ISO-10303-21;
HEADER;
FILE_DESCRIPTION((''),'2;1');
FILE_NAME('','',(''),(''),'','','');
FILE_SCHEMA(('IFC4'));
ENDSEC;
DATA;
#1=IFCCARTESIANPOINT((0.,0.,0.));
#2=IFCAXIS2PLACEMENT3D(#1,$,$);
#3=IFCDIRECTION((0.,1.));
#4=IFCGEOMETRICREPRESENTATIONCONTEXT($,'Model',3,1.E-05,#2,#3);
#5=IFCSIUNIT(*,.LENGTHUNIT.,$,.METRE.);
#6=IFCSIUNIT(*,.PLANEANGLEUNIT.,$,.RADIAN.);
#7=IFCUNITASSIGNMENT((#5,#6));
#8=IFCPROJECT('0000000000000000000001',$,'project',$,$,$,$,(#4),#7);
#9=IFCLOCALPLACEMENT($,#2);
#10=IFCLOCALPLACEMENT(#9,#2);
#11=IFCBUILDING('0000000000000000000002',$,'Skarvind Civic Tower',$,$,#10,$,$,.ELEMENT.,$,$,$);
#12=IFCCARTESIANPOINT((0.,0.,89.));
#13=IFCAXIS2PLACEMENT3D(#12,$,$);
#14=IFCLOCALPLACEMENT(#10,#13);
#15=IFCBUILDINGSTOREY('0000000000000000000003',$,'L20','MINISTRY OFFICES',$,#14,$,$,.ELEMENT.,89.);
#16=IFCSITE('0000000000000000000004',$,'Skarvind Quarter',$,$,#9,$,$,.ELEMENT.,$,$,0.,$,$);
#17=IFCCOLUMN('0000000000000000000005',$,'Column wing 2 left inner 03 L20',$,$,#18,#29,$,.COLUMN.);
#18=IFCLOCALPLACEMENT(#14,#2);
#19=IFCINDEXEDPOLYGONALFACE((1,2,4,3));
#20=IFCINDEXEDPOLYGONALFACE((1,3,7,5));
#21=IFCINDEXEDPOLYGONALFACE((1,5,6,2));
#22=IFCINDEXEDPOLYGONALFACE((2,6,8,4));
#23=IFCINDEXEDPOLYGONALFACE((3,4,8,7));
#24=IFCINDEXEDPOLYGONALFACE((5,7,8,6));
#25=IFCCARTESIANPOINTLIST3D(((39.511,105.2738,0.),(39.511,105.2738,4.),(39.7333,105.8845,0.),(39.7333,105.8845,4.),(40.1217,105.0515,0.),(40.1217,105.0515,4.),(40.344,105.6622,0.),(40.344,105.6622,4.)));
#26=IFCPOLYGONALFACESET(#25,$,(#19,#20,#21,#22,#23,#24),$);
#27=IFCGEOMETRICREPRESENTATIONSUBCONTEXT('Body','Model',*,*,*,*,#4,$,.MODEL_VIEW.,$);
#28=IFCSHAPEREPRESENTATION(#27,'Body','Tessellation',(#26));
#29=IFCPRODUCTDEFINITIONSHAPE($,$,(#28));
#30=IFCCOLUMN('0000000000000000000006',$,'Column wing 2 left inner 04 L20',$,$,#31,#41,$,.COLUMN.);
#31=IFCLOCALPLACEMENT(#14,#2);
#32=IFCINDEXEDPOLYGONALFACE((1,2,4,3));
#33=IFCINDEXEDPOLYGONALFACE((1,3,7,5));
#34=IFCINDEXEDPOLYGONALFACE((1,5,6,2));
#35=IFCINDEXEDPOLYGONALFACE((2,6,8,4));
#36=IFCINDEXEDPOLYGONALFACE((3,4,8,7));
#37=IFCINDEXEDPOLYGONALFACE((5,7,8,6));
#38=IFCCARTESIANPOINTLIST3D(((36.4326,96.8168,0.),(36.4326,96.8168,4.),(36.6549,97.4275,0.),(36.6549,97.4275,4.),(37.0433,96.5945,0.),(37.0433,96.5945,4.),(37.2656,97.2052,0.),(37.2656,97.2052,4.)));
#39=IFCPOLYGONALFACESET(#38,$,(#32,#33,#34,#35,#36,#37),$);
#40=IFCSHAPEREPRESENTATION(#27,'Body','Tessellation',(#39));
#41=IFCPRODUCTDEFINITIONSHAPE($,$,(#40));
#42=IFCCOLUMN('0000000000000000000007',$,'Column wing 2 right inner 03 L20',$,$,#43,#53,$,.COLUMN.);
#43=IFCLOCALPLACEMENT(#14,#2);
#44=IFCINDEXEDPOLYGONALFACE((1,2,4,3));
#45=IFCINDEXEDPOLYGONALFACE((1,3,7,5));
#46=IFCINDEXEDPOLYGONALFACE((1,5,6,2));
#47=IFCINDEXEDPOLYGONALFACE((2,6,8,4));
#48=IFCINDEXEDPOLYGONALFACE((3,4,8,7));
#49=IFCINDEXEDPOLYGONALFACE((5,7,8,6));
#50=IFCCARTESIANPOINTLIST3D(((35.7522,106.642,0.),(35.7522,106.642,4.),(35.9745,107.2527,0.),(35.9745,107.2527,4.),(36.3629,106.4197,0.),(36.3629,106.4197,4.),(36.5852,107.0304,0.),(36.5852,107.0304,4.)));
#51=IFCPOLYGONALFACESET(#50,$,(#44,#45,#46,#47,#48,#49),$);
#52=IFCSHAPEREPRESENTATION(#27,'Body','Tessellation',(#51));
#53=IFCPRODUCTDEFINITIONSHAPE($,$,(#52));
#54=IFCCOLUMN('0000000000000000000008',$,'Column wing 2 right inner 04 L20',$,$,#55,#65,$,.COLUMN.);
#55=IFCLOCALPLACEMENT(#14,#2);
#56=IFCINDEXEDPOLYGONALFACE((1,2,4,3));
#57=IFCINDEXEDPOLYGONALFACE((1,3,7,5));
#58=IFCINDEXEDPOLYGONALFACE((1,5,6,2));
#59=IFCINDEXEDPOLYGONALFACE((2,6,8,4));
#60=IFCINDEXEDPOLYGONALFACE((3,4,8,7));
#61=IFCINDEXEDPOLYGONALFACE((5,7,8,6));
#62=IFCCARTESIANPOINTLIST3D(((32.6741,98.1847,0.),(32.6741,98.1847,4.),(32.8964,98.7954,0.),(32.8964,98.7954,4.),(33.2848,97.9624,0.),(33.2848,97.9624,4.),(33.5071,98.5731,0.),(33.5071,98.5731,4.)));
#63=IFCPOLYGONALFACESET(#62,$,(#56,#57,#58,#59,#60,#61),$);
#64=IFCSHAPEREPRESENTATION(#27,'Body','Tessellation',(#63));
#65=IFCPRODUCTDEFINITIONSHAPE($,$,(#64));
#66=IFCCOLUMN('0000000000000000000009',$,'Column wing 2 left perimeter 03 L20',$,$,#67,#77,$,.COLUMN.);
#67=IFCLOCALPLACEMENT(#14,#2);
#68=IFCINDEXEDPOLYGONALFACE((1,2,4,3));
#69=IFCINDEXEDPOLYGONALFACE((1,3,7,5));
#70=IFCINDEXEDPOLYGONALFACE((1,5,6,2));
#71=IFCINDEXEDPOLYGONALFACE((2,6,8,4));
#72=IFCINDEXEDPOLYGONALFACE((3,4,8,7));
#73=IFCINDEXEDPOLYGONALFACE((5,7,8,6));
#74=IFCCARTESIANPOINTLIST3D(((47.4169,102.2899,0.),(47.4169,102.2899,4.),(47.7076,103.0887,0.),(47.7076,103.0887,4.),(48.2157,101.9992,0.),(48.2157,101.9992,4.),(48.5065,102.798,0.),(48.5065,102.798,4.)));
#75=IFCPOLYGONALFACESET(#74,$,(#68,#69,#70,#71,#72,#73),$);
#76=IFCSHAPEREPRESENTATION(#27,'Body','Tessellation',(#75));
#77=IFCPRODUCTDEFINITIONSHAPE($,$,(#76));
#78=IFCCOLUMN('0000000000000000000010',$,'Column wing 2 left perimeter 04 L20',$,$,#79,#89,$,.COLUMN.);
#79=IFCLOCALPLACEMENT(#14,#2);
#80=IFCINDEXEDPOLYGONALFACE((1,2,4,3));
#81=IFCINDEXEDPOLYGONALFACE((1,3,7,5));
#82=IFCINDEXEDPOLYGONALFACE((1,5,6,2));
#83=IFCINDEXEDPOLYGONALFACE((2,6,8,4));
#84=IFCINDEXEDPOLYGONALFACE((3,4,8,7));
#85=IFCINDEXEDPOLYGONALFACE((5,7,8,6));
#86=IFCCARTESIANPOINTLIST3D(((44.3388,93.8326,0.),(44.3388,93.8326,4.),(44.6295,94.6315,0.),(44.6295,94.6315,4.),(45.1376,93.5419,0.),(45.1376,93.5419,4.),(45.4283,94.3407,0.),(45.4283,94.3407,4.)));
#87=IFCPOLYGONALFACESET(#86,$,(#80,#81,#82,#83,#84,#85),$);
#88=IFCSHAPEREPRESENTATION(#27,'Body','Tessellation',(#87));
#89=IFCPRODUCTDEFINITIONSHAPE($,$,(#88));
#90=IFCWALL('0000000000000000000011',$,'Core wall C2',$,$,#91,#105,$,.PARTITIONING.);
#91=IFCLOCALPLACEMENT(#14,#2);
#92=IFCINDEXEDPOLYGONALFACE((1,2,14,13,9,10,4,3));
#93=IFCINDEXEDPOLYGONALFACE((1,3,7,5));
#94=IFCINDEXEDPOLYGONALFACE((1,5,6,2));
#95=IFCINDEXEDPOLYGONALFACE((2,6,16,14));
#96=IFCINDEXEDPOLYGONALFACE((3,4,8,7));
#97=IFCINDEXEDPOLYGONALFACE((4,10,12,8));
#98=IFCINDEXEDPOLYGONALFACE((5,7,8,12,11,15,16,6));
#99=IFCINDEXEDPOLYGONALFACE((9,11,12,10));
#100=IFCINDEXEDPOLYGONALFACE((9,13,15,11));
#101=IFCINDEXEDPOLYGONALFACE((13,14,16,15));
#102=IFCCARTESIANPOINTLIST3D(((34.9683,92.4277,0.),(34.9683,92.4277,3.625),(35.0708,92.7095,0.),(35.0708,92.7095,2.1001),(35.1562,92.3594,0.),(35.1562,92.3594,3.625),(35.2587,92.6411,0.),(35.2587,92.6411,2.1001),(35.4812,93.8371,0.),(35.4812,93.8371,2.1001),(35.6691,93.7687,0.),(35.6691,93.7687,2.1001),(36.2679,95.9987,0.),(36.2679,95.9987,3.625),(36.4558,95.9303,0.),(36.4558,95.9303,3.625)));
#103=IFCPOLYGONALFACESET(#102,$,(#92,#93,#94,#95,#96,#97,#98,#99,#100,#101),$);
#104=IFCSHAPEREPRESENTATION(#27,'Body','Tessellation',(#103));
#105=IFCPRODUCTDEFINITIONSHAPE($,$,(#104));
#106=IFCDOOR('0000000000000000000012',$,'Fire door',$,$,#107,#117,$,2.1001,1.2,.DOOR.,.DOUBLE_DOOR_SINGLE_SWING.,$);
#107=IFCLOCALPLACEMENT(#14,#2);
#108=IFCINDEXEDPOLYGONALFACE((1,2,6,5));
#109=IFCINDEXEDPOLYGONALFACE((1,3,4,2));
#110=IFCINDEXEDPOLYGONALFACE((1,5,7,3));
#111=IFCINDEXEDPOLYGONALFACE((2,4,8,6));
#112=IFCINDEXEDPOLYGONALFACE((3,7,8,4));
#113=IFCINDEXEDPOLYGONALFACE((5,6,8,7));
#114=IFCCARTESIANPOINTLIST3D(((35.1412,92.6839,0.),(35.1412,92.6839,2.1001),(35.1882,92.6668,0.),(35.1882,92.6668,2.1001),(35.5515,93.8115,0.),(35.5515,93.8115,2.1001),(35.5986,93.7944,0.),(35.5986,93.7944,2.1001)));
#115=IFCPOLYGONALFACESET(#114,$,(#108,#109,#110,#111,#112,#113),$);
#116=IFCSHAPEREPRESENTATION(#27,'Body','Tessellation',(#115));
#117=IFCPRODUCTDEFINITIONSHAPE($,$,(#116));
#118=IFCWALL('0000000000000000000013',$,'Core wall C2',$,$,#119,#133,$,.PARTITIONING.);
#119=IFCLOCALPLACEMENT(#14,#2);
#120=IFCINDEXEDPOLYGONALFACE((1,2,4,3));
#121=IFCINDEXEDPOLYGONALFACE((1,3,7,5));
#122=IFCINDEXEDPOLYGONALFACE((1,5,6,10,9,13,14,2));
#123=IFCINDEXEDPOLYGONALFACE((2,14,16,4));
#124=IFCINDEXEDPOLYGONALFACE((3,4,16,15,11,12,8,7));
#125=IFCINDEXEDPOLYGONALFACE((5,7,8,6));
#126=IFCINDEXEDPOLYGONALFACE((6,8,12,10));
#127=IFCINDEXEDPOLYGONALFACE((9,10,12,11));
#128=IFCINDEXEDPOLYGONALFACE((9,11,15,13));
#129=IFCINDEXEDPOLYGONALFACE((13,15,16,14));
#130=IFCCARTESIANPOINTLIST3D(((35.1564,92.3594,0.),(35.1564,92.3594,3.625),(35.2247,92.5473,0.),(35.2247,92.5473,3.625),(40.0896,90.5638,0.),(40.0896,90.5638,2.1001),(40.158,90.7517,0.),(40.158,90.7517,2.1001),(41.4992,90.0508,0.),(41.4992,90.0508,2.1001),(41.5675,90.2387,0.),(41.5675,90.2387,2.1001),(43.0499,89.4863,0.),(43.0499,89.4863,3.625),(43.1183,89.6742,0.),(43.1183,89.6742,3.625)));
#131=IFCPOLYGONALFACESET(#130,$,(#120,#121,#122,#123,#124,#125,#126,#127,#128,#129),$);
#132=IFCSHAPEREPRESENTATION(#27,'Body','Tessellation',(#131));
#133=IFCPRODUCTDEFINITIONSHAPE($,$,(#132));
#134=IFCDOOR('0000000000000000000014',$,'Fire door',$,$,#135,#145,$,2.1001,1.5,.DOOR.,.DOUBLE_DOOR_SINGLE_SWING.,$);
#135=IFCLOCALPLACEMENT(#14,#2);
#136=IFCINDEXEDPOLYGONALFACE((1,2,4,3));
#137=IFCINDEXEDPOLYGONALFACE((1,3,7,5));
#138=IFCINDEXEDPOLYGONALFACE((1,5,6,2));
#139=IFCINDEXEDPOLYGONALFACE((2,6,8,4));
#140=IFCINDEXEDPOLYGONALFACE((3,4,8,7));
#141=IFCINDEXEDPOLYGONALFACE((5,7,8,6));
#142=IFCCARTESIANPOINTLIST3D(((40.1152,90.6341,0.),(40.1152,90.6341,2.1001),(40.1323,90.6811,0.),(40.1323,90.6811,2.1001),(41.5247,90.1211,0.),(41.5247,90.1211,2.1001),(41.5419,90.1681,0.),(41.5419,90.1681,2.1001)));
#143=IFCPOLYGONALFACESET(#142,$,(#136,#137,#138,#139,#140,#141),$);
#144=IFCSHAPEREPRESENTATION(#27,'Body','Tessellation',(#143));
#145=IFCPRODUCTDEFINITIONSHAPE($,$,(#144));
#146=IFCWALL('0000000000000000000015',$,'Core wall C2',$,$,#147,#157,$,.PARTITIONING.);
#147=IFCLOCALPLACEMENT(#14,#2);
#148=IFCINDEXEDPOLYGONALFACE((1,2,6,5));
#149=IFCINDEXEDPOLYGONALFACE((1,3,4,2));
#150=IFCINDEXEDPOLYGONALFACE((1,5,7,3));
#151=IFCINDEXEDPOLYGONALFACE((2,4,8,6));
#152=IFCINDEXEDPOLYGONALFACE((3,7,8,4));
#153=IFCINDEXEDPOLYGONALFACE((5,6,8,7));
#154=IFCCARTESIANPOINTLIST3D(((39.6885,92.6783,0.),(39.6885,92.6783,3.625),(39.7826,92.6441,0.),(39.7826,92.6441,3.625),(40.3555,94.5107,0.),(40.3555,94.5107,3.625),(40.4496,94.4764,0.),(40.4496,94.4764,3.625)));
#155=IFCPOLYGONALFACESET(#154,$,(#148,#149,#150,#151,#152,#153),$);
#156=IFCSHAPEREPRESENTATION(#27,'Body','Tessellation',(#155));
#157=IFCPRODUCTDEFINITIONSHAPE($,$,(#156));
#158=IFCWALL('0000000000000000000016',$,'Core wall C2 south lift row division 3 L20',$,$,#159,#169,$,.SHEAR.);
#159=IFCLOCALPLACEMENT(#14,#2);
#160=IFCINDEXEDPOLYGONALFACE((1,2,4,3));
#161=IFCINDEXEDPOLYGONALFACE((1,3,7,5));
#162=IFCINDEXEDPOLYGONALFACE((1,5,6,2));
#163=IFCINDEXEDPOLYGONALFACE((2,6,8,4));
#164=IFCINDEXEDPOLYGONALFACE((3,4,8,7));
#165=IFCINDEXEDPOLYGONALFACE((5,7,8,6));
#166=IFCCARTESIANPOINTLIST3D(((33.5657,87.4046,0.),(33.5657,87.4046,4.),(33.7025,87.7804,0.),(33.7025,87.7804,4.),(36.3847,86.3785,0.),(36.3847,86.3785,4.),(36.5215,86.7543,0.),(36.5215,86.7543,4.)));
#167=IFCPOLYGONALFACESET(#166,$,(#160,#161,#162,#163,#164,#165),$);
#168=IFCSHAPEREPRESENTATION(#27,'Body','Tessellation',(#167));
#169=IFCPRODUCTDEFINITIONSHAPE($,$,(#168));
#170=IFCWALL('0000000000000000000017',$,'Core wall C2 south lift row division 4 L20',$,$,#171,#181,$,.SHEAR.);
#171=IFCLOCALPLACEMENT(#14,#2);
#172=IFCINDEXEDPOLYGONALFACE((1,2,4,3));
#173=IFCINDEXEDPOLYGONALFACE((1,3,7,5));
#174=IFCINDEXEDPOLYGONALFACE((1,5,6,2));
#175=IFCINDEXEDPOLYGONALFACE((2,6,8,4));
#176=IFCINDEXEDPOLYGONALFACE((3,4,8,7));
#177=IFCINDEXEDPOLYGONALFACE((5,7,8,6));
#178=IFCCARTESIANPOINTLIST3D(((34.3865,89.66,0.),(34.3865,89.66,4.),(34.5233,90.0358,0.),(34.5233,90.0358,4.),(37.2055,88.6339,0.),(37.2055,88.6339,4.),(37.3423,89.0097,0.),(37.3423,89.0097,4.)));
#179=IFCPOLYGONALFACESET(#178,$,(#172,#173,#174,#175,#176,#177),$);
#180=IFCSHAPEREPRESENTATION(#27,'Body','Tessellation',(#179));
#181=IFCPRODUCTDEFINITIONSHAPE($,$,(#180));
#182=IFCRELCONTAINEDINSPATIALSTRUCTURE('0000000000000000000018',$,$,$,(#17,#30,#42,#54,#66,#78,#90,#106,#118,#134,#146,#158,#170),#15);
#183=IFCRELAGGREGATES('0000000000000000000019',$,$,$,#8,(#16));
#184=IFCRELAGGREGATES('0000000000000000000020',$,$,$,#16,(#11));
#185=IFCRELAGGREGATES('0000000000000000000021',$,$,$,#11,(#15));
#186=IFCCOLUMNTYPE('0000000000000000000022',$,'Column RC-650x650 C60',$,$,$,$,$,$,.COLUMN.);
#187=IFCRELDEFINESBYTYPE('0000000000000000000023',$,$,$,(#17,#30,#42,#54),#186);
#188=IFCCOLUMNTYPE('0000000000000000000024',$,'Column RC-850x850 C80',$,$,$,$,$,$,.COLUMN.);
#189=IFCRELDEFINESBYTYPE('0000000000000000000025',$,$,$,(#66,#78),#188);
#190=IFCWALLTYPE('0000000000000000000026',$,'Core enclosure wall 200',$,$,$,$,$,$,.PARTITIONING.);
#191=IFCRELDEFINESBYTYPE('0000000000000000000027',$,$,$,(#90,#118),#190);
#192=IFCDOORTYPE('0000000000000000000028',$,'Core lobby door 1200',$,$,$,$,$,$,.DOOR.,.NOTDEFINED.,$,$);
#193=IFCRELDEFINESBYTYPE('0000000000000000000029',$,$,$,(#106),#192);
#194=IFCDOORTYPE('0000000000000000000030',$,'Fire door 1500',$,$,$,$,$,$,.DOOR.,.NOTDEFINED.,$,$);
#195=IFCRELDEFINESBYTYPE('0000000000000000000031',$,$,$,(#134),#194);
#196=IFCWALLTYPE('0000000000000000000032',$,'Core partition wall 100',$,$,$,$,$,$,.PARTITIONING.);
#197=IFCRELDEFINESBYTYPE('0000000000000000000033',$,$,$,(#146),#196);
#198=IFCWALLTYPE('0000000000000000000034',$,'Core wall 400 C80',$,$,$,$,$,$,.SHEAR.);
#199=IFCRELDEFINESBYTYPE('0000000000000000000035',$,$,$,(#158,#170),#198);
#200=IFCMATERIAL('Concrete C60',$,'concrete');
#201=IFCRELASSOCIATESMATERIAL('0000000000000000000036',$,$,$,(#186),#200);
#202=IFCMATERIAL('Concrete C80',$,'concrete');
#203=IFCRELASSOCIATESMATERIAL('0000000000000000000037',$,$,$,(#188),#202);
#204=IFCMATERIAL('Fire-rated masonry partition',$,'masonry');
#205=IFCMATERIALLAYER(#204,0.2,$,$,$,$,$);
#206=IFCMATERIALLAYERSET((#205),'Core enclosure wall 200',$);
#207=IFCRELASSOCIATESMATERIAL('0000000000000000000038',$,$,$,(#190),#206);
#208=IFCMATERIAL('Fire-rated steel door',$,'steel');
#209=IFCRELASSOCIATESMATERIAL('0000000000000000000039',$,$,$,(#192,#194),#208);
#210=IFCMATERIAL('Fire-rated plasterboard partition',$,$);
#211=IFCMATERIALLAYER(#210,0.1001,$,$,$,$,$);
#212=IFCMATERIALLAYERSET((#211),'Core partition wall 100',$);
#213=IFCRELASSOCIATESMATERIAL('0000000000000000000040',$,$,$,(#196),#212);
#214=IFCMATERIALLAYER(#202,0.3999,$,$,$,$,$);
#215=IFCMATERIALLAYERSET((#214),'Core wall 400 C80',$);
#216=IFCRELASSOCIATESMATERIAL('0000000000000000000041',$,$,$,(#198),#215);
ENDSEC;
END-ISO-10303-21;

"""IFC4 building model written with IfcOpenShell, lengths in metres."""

from ifc_helpers import new_model, si_unit, direction, frame, frame_2d, origin, origin_2d, place, context, subcontext, project, spatial, rectangle, extrude, material, layer, layer_set, material_profile, profile_set, type_object, element, fill, save


model = new_model("IFC4")

# Units and contexts
model_context = context("Model", 3, precision=1e-05, world=origin(), true_north=direction((0.0, 1.0)))
body_context = subcontext(model_context, "Body", "Model", "MODEL_VIEW")
ifc_project = project(units=[si_unit("LENGTHUNIT", "METRE"), si_unit("PLANEANGLEUNIT", "RADIAN")], contexts=[model_context])

# Site, building, storey
site_placement = place(None, origin())
site = spatial("IfcSite", under=ifc_project, at=site_placement, Name="Skarvind Quarter", CompositionType="ELEMENT", RefElevation=0.0)
building_placement = place(site_placement, origin())
building = spatial("IfcBuilding", under=site, at=building_placement, Name="Skarvind Civic Tower", CompositionType="ELEMENT")
storey_placement = place(building_placement, frame((0.0, 0.0, 89.0)))
storey = spatial("IfcBuildingStorey", under=building, at=storey_placement, Name="L20", Description="MINISTRY OFFICES", CompositionType="ELEMENT", Elevation=89.0)

# Columns
ifc_material_1 = material(Name="Concrete C60", Category="concrete")
ifc_material_profile_1 = material_profile(ifc_material_1, rectangle(XDim=0.6499, YDim=0.6499, at=origin_2d()), Name="RC-650x650")
ifc_profile_set_1 = profile_set([ifc_material_profile_1], Name="Concrete C60")
column_type_1 = type_object("IfcColumnType", Name="Column RC-650x650 C60", PredefinedType="COLUMN", material=ifc_profile_set_1)
for number, where, z_axis, x_axis, name in (
    (1, (39.9275, 105.468, 0.0), (0.0, 0.0, 1.0), (-0.34202, -0.939693, 0.0), "Column wing 2 left inner 03 L20"),
    (2, (36.8491, 97.011, 0.0), (0.0, 0.0, 1.0), (-0.34202, -0.939693, 0.0), "Column wing 2 left inner 04 L20"),
    (3, (36.1687, 106.8362, 0.0), (0.0, 0.0, 1.0), (-0.34202, -0.939693, 0.0), "Column wing 2 right inner 03 L20"),
    (4, (33.0906, 98.3789, 0.0), (0.0, 0.0, 1.0), (-0.34202, -0.939693, 0.0), "Column wing 2 right inner 04 L20"),
):
    element("IfcColumn", number, at=place(storey_placement, frame(where, z_axis=z_axis, x_axis=x_axis)), inside=storey, type_object=column_type_1, Name=name, PredefinedType="COLUMN", context=body_context, shape_type="SweptSolid", body=[
        extrude(rectangle(XDim=0.6499, YDim=0.6499, at=origin_2d()), origin(), (0.0, 0.0, 1.0), 4.0),
    ])
ifc_material_2 = material(Name="Concrete C80", Category="concrete")
ifc_material_profile_2 = material_profile(ifc_material_2, rectangle(XDim=0.8501, YDim=0.8501, at=origin_2d()), Name="RC-850x850")
ifc_profile_set_2 = profile_set([ifc_material_profile_2], Name="Concrete C80")
column_type_2 = type_object("IfcColumnType", Name="Column RC-850x850 C80", PredefinedType="COLUMN", material=ifc_profile_set_2)
for number, where, z_axis, x_axis, name in (
    (5, (47.9617, 102.5439, 0.0), (0.0, 0.0, 1.0), (-0.34202, -0.939693, 0.0), "Column wing 2 left perimeter 03 L20"),
    (6, (44.8835, 94.0867, 0.0), (0.0, 0.0, 1.0), (-0.34202, -0.939693, 0.0), "Column wing 2 left perimeter 04 L20"),
):
    element("IfcColumn", number, at=place(storey_placement, frame(where, z_axis=z_axis, x_axis=x_axis)), inside=storey, type_object=column_type_2, Name=name, PredefinedType="COLUMN", context=body_context, shape_type="SweptSolid", body=[
        extrude(rectangle(XDim=0.8501, YDim=0.8501, at=origin_2d()), origin(), (0.0, 0.0, 1.0), 4.0),
    ])

# Walls, openings, doors
ifc_material_3 = material(Name="Fire-rated masonry partition", Category="masonry")
ifc_layer_1 = layer(ifc_material_3, 0.2)
ifc_layer_set_1 = layer_set([ifc_layer_1], Name="Core enclosure wall 200")
wall_type_1 = type_object("IfcWallType", Name="Core enclosure wall 200", PredefinedType="PARTITIONING", material=ifc_layer_set_1)
wall_1_placement = place(storey_placement, frame((36.3618, 95.9644, 0.0), z_axis=(0.0, 0.0, 1.0), x_axis=(-0.341996, -0.939701, 0.0)))
wall_1 = element("IfcWall", 7, at=wall_1_placement, inside=storey, type_object=wall_type_1, Name="Core wall C2", PredefinedType="PARTITIONING", context=body_context, shape_type="SweptSolid", body=[
    extrude(rectangle(XDim=3.8, YDim=0.2, at=frame_2d((1.8999, 0.0))), origin(), (0.0, 0.0, 1.0), 3.625),
])
opening_1_placement = place(wall_1_placement, frame((2.3, 0.0, 0.0)))
opening_1 = element("IfcOpeningElement", 8, at=opening_1_placement, cuts=wall_1, PredefinedType="OPENING", context=body_context, shape_type="SweptSolid", body=[
    extrude(rectangle(XDim=1.2, YDim=2.1001, at=frame_2d((0.6001, 1.05))), frame((0.0, 0.1099, 0.0), z_axis=(0.0, -1.0, 0.0), x_axis=(1.0, 0.0, 0.0)), (0.0, 0.0, 1.0), 0.22),
])
ifc_material_4 = material(Name="Fire-rated steel door", Category="steel")
door_type_1 = type_object("IfcDoorType", Name="Core lobby door 1200", OperationType="NOTDEFINED", PredefinedType="DOOR", material=ifc_material_4)
door_1_placement = place(opening_1_placement, origin())
door_1 = element("IfcDoor", 9, at=door_1_placement, inside=storey, type_object=door_type_1, Name="Fire door", OperationType="DOUBLE_DOOR_SINGLE_SWING", OverallHeight=2.1001, OverallWidth=1.2, PredefinedType="DOOR", context=body_context, shape_type="SweptSolid", body=[
    extrude(rectangle(XDim=1.2, YDim=2.1001, at=frame_2d((0.6001, 1.05))), frame((0.0, 0.0249, 0.0), z_axis=(0.0, -1.0, 0.0), x_axis=(1.0, 0.0, 0.0)), (0.0, 0.0, 1.0), 0.05),
])
fill(opening_1, door_1)
wall_2_placement = place(storey_placement, frame((35.1904, 92.4534, 0.0), z_axis=(0.0, 0.0, 1.0), x_axis=(0.939692, -0.342023, 0.0)))
wall_2 = element("IfcWall", 10, at=wall_2_placement, inside=storey, type_object=wall_type_1, Name="Core wall C2", PredefinedType="PARTITIONING", context=body_context, shape_type="SweptSolid", body=[
    extrude(rectangle(XDim=8.4001, YDim=0.2, at=frame_2d((4.2002, 0.0))), origin(), (0.0, 0.0, 1.0), 3.625),
])
opening_2_placement = place(wall_2_placement, frame((5.25, 0.0, 0.0)))
opening_2 = element("IfcOpeningElement", 11, at=opening_2_placement, cuts=wall_2, PredefinedType="OPENING", context=body_context, shape_type="SweptSolid", body=[
    extrude(rectangle(XDim=1.5, YDim=2.1001, at=frame_2d((0.75, 1.05))), frame((0.0, 0.1099, 0.0), z_axis=(0.0, -1.0, 0.0), x_axis=(1.0, 0.0, 0.0)), (0.0, 0.0, 1.0), 0.22),
])
door_type_2 = type_object("IfcDoorType", Name="Fire door 1500", OperationType="NOTDEFINED", PredefinedType="DOOR", material=ifc_material_4)
door_2_placement = place(opening_2_placement, origin())
door_2 = element("IfcDoor", 12, at=door_2_placement, inside=storey, type_object=door_type_2, Name="Fire door", OperationType="DOUBLE_DOOR_SINGLE_SWING", OverallHeight=2.1001, OverallWidth=1.5, PredefinedType="DOOR", context=body_context, shape_type="SweptSolid", body=[
    extrude(rectangle(XDim=1.5, YDim=2.1001, at=frame_2d((0.75, 1.05))), frame((0.0, 0.0249, 0.0), z_axis=(0.0, -1.0, 0.0), x_axis=(1.0, 0.0, 0.0)), (0.0, 0.0, 1.0), 0.05),
])
fill(opening_2, door_2)

# Walls
ifc_material_5 = material(Name="Fire-rated plasterboard partition")
ifc_layer_2 = layer(ifc_material_5, 0.1001)
ifc_layer_set_2 = layer_set([ifc_layer_2], Name="Core partition wall 100")
wall_type_2 = type_object("IfcWallType", Name="Core partition wall 100", PredefinedType="PARTITIONING", material=ifc_layer_set_2)
wall_3_placement = place(storey_placement, frame((40.4026, 94.4937, 0.0), z_axis=(0.0, 0.0, 1.0), x_axis=(-0.342065, -0.939676, 0.0)))
element("IfcWall", 13, at=wall_3_placement, inside=storey, type_object=wall_type_2, Name="Core wall C2", PredefinedType="PARTITIONING", context=body_context, shape_type="SweptSolid", body=[
    extrude(rectangle(XDim=1.95, YDim=0.1001, at=frame_2d((0.9751, 0.0))), origin(), (0.0, 0.0, 1.0), 3.625),
])
ifc_layer_3 = layer(ifc_material_2, 0.3999)
ifc_layer_set_3 = layer_set([ifc_layer_3], Name="Core wall 400 C80")
wall_type_3 = type_object("IfcWallType", Name="Core wall 400 C80", PredefinedType="SHEAR", material=ifc_layer_set_3)
for number, where, z_axis, x_axis, name in (
    (14, (36.4531, 86.5664, 0.0), (0.0, 0.0, 1.0), (-0.939686, 0.342037, 0.0), "Core wall C2 south lift row division 3 L20"),
    (15, (37.2739, 88.8218, 0.0), (0.0, 0.0, 1.0), (-0.939686, 0.342037, 0.0), "Core wall C2 south lift row division 4 L20"),
):
    element("IfcWall", number, at=place(storey_placement, frame(where, z_axis=z_axis, x_axis=x_axis)), inside=storey, type_object=wall_type_3, Name=name, PredefinedType="SHEAR", context=body_context, shape_type="SweptSolid", body=[
        extrude(rectangle(XDim=3.0, YDim=0.3999, at=frame_2d((1.5, 0.0))), origin(), (0.0, 0.0, 1.0), 4.0),
    ])

save(model, "model.ifc")
